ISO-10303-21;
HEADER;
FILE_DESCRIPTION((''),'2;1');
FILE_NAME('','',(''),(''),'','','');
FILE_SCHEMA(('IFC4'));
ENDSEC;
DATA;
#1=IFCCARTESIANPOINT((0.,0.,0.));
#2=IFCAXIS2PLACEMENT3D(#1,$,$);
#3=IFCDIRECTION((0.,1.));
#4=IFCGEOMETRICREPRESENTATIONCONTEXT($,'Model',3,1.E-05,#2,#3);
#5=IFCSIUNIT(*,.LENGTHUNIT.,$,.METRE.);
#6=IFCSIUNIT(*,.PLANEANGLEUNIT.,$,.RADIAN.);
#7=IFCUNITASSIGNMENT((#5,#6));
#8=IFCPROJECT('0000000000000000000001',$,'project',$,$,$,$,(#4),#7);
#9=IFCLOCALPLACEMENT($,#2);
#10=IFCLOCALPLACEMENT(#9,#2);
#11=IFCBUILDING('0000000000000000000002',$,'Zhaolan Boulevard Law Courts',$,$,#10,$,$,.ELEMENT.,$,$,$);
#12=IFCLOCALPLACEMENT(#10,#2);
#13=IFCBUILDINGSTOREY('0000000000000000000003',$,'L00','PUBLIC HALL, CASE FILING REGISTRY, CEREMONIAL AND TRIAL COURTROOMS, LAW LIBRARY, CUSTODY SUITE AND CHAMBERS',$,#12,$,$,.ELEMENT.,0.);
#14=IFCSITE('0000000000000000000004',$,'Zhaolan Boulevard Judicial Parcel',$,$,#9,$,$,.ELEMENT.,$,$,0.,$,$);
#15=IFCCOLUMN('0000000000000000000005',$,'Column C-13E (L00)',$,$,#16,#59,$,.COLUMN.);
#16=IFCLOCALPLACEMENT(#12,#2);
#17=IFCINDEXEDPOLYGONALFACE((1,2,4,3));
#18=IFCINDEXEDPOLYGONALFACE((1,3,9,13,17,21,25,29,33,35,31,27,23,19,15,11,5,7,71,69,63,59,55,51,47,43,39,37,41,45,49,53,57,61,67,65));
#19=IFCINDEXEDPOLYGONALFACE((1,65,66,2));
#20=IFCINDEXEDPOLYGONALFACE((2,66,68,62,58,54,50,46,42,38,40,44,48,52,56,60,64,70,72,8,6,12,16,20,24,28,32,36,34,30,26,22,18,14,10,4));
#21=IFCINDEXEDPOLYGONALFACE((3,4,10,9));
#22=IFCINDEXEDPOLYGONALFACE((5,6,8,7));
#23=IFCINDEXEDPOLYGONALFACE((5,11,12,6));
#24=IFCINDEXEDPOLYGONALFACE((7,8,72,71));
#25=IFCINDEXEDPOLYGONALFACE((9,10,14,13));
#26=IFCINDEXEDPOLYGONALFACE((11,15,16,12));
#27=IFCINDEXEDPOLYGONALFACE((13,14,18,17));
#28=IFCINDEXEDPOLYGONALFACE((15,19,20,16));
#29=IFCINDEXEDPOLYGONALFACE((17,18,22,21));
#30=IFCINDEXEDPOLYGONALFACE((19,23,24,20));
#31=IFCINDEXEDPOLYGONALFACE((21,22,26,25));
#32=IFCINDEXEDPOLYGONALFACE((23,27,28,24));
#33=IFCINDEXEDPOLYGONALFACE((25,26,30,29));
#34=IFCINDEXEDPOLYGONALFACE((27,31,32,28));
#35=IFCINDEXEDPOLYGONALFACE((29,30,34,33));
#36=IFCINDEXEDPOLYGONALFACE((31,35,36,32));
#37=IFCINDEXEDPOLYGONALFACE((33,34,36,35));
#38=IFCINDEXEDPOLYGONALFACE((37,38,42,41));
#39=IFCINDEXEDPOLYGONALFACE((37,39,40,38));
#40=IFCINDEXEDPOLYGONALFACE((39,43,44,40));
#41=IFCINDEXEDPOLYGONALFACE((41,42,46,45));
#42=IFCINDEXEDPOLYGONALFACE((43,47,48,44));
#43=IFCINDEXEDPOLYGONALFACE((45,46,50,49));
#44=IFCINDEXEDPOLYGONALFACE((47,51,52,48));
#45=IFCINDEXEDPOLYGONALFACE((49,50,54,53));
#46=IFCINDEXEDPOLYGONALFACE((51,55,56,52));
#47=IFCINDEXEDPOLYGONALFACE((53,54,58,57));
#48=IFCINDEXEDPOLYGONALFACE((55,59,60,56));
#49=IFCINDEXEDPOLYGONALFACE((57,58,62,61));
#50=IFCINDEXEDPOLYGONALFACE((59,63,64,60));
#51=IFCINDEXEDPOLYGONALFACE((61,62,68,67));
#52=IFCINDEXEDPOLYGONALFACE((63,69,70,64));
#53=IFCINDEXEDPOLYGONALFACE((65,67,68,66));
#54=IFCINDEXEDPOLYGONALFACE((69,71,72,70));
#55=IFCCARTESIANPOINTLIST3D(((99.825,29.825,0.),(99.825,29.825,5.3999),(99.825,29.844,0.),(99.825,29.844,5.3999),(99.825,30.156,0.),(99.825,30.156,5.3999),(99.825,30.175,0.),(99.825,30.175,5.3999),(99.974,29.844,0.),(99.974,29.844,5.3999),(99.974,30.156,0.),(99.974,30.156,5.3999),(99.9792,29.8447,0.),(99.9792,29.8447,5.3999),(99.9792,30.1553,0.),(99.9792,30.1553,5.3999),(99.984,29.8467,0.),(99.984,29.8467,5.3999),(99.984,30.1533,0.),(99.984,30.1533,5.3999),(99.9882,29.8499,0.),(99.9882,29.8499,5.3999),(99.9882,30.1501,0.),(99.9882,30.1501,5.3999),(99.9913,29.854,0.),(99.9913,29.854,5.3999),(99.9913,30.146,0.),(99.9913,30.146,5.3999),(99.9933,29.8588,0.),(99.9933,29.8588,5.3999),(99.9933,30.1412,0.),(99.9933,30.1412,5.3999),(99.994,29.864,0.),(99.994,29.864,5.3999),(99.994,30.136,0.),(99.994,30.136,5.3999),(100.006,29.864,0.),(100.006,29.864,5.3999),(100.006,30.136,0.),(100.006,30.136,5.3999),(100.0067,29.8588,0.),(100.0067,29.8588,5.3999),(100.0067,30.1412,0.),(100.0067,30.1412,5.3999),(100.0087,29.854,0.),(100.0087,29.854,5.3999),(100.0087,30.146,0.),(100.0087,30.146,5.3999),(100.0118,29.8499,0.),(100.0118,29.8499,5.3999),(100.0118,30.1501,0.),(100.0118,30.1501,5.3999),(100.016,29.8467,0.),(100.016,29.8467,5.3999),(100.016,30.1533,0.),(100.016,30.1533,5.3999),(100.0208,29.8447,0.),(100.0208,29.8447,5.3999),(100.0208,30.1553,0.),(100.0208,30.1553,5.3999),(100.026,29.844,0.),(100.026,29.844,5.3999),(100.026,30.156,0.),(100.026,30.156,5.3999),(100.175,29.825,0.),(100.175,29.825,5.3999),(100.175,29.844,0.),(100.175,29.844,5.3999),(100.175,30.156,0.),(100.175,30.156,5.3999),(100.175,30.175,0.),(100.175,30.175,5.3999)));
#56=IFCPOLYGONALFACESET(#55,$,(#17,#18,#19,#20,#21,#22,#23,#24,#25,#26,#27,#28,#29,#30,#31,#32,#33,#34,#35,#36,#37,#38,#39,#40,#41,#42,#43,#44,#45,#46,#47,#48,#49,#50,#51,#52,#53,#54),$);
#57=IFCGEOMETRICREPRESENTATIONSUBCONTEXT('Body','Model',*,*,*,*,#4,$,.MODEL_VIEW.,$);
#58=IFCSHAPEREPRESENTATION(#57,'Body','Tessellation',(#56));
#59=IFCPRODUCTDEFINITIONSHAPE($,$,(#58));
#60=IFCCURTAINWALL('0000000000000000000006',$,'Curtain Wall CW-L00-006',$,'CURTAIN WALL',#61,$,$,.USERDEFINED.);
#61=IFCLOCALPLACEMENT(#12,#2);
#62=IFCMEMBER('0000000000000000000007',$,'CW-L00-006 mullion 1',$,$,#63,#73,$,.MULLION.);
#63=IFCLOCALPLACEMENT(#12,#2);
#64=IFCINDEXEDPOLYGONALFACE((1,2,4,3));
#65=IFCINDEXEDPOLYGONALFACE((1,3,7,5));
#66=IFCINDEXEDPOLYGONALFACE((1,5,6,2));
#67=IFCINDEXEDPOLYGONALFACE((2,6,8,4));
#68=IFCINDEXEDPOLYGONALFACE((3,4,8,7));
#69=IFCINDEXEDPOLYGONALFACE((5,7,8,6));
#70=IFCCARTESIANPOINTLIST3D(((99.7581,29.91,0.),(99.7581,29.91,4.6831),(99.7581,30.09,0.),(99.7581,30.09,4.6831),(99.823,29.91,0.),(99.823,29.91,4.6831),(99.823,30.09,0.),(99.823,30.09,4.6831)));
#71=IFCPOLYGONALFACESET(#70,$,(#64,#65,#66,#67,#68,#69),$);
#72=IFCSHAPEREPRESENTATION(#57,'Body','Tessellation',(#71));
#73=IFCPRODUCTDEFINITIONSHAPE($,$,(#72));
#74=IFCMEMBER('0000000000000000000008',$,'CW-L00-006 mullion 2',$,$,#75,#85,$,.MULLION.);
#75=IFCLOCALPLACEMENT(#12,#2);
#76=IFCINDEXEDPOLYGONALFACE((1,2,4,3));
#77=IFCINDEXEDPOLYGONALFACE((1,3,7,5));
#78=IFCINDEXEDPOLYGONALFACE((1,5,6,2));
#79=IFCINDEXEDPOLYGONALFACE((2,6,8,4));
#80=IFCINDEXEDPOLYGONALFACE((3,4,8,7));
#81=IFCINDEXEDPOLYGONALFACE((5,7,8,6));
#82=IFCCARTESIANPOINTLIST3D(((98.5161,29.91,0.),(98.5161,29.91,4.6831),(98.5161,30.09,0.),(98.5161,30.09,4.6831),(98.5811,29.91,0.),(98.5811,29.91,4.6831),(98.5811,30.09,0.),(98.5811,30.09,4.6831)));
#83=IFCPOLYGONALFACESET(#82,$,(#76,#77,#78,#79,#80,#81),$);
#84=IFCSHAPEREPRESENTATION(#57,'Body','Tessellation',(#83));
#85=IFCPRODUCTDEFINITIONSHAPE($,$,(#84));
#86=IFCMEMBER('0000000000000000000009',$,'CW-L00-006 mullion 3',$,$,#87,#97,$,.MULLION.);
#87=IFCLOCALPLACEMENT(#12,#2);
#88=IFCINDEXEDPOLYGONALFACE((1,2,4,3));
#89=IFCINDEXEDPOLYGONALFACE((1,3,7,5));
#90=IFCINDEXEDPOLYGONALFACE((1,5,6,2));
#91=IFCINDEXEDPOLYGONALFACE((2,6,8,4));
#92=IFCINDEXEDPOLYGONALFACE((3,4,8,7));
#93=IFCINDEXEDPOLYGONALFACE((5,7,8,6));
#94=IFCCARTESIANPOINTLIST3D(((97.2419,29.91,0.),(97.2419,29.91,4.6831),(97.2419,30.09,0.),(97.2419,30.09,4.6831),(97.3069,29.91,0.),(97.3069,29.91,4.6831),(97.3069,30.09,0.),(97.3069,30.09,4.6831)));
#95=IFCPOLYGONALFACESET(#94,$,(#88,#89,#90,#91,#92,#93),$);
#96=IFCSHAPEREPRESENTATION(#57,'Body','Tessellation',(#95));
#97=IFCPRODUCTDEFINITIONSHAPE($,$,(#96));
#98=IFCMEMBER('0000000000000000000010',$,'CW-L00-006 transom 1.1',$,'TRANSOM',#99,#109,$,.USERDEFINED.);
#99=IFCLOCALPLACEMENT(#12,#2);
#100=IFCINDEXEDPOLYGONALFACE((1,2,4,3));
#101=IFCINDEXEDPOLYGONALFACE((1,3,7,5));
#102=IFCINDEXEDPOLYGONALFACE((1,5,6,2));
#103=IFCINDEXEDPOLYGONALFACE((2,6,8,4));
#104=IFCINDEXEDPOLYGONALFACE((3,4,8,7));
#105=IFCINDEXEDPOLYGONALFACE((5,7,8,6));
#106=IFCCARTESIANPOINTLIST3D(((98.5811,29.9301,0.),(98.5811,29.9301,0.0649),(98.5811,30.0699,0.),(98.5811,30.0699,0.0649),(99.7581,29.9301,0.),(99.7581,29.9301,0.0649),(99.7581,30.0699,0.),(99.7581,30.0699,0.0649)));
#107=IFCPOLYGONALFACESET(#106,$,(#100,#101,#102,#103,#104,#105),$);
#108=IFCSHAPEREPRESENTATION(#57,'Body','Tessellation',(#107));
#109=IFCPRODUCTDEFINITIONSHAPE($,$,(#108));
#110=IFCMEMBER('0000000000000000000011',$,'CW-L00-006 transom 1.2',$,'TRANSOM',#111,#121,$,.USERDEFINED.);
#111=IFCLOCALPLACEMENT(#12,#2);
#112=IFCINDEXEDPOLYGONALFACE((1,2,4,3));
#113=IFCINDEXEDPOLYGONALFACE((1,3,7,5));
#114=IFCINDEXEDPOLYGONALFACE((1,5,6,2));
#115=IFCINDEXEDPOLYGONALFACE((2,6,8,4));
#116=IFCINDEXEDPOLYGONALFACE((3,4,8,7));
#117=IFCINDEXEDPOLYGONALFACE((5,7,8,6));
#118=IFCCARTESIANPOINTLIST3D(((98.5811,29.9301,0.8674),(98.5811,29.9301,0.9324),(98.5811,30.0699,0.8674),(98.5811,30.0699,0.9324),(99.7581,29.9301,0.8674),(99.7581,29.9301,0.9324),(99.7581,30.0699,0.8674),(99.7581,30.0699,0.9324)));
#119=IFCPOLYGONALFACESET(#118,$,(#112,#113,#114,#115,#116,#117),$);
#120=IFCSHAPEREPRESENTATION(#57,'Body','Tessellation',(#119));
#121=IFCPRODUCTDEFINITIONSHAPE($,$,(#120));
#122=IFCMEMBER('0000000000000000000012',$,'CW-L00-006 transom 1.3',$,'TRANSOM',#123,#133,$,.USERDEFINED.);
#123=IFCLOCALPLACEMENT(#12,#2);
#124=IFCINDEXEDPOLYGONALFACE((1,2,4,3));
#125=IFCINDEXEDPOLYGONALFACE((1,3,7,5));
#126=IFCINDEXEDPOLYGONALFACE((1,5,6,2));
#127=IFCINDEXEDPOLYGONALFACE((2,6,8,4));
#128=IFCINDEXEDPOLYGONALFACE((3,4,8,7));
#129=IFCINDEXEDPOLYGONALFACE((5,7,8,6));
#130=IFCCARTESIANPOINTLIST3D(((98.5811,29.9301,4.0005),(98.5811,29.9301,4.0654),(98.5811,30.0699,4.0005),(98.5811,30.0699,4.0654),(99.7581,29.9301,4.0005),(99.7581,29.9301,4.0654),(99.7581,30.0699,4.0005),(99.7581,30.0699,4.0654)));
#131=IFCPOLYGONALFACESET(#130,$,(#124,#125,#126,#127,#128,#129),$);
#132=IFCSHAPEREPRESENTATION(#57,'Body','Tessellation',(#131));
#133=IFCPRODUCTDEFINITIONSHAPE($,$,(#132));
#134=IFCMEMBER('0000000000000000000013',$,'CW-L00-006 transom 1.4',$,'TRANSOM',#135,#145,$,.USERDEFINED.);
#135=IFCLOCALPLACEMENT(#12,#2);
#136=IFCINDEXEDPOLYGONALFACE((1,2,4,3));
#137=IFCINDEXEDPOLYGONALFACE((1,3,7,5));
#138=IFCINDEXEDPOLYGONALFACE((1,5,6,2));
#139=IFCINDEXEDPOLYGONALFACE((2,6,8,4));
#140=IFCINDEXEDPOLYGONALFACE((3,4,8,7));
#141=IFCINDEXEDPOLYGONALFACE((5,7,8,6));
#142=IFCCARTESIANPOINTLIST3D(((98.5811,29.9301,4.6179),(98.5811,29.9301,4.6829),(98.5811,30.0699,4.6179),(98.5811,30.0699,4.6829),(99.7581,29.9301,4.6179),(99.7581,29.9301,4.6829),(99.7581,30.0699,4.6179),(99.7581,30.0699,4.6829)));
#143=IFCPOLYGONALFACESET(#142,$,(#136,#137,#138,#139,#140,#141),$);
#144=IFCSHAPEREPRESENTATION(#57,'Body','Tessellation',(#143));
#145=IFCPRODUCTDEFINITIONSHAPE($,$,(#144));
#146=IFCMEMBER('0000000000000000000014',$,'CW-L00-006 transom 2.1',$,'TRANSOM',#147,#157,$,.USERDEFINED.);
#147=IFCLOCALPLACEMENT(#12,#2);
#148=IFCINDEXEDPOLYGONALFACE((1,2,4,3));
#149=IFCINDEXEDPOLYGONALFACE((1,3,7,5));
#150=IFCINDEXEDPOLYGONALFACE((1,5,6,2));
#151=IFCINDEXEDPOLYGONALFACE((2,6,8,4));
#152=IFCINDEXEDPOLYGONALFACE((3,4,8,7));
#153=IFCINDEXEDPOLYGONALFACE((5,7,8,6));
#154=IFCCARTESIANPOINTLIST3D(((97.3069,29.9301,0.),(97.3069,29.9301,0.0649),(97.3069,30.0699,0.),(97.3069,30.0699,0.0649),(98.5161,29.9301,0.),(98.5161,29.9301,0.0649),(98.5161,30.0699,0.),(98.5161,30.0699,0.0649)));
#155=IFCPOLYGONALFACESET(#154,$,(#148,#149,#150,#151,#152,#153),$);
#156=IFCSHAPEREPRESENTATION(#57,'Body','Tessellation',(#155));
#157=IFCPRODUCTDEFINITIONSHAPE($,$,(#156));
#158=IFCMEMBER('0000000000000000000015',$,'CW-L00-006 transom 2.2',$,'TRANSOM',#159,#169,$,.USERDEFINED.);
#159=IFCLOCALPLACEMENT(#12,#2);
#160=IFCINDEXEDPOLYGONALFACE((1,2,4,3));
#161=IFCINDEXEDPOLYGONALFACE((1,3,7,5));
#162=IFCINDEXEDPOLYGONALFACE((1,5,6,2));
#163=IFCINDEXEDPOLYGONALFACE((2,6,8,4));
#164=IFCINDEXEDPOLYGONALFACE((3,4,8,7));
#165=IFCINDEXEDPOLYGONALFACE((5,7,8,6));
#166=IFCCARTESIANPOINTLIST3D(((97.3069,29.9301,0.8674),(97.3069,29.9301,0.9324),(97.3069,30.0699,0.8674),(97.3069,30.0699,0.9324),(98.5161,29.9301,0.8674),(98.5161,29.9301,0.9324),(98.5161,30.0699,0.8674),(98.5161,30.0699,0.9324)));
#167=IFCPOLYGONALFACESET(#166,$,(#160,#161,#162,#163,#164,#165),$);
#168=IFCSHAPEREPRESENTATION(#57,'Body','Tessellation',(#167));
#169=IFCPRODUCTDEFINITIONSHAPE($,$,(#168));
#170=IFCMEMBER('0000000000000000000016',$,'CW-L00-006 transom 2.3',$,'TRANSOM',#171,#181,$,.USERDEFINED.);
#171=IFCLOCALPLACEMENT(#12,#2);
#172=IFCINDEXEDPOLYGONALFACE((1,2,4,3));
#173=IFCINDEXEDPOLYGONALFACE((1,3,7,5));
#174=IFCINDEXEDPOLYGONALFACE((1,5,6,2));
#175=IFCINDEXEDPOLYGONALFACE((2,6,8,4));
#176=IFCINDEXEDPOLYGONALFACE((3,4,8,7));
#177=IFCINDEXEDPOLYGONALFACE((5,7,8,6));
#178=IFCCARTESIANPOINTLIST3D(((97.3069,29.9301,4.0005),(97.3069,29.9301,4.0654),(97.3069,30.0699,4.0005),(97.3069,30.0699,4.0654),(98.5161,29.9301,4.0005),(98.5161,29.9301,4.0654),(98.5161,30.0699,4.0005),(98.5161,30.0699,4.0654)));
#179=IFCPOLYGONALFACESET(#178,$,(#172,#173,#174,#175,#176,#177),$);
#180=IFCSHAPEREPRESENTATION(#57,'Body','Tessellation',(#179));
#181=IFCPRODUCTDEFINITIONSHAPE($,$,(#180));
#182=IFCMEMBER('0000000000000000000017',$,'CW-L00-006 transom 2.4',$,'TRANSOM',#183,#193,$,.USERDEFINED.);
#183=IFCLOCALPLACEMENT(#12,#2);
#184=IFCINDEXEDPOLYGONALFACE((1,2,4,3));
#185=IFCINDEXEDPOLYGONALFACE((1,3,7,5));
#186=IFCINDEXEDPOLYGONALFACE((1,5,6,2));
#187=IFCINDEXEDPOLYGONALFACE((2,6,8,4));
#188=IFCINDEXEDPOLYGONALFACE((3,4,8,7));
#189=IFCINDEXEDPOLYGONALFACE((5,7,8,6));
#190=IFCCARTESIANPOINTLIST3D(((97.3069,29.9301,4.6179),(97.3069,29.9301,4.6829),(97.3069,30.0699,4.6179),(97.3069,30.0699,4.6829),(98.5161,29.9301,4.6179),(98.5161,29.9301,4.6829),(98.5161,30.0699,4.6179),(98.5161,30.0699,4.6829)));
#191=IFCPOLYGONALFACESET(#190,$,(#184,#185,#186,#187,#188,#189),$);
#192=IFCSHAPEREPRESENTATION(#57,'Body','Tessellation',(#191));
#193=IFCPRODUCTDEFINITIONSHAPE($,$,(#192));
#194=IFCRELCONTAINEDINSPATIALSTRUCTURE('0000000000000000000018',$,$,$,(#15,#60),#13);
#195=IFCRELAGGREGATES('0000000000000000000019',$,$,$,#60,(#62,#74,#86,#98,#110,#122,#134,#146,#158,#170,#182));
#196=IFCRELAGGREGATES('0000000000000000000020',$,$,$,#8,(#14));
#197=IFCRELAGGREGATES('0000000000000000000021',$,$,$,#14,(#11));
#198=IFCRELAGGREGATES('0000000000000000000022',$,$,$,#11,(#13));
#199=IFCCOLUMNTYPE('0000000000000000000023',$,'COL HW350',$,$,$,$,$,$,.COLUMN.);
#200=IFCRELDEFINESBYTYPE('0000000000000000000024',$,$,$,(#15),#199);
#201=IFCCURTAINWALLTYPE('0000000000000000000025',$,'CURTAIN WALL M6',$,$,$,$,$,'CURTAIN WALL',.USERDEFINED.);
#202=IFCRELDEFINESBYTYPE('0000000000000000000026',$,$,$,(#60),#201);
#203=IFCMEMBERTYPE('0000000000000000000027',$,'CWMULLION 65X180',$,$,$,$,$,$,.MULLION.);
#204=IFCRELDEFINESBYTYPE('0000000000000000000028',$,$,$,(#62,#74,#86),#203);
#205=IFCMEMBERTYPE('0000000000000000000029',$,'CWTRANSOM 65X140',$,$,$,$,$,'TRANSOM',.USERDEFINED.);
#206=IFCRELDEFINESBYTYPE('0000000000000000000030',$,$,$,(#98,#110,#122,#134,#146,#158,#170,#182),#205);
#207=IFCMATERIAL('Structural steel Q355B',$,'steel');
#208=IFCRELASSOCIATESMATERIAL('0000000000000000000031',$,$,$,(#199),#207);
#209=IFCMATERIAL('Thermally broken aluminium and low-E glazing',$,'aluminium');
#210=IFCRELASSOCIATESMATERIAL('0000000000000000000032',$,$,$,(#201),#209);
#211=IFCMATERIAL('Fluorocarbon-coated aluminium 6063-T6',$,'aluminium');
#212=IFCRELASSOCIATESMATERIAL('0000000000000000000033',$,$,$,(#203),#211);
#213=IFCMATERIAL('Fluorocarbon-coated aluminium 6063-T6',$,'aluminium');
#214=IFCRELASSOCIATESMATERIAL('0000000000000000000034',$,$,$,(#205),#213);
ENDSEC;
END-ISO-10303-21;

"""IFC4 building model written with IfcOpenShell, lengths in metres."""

from ifc_helpers import new_model, si_unit, direction, frame, origin, origin_2d, place, context, subcontext, project, spatial, rectangle, i_section, extrude, material, material_profile, profile_set, type_object, element, aggregate, save


model = new_model("IFC4")

# Units and contexts
model_context = context("Model", 3, precision=1e-05, world=origin(), true_north=direction((0.0, 1.0)))
body_context = subcontext(model_context, "Body", "Model", "MODEL_VIEW")
ifc_project = project(units=[si_unit("LENGTHUNIT", "METRE"), si_unit("PLANEANGLEUNIT", "RADIAN")], contexts=[model_context])

# Site, building, storey
site_placement = place(None, origin())
site = spatial("IfcSite", under=ifc_project, at=site_placement, Name="Zhaolan Boulevard Judicial Parcel", CompositionType="ELEMENT", RefElevation=0.0)
building_placement = place(site_placement, origin())
building = spatial("IfcBuilding", under=site, at=building_placement, Name="Zhaolan Boulevard Law Courts", CompositionType="ELEMENT")
storey_placement = place(building_placement, origin())
storey = spatial("IfcBuildingStorey", under=building, at=storey_placement, Name="L00", Description="PUBLIC HALL, CASE FILING REGISTRY, CEREMONIAL AND TRIAL COURTROOMS, LAW LIBRARY, CUSTODY SUITE AND CHAMBERS", CompositionType="ELEMENT", Elevation=0.0)

# Column
ifc_material_1 = material(Name="Structural steel Q355B", Category="steel")
ifc_material_profile_1 = material_profile(ifc_material_1, i_section(OverallWidth=0.3501, OverallDepth=0.3501, WebThickness=0.012, FlangeThickness=0.019, FilletRadius=0.02, at=origin_2d()), Name="HW350x350")
ifc_profile_set_1 = profile_set([ifc_material_profile_1], Name="Structural steel Q355B")
column_type = type_object("IfcColumnType", Name="COL HW350", PredefinedType="COLUMN", material=ifc_profile_set_1)
column_placement = place(storey_placement, frame((100.0, 30.0, 0.0), z_axis=(0.0, 0.0, 1.0), x_axis=(1.0, 0.0, 0.0)))
element("IfcColumn", 1, at=column_placement, inside=storey, type_object=column_type, Name="Column C-13E (L00)", PredefinedType="COLUMN", context=body_context, shape_type="SweptSolid", body=[
    extrude(i_section(OverallWidth=0.3501, OverallDepth=0.3501, WebThickness=0.012, FlangeThickness=0.019, FilletRadius=0.02, at=origin_2d()), origin(), (0.0, 0.0, 1.0), 5.3999),
])

# Curtain wall, members
ifc_material_2 = material(Name="Thermally broken aluminium and low-E glazing", Category="aluminium")
curtain_wall_type = type_object("IfcCurtainWallType", Name="CURTAIN WALL M6", ElementType="CURTAIN WALL", PredefinedType="USERDEFINED", material=ifc_material_2)
curtain_wall_placement = place(storey_placement, origin())
curtain_wall = element("IfcCurtainWall", 2, at=curtain_wall_placement, inside=storey, type_object=curtain_wall_type, Name="Curtain Wall CW-L00-006", ObjectType="CURTAIN WALL", PredefinedType="USERDEFINED")
ifc_material_3 = material(Name="Fluorocarbon-coated aluminium 6063-T6", Category="aluminium")
ifc_material_profile_2 = material_profile(ifc_material_3, rectangle(XDim=0.1799, YDim=0.0649, at=origin_2d()), Name="AL65x180")
ifc_profile_set_2 = profile_set([ifc_material_profile_2], Name="Fluorocarbon-coated aluminium 6063-T6")
member_type_1 = type_object("IfcMemberType", Name="CWMULLION 65X180", PredefinedType="MULLION", material=ifc_profile_set_2)
member_1_placement = place(storey_placement, frame((99.7905, 30.0, 0.0), z_axis=(0.0, 0.0, 1.0), x_axis=(0.0, -1.0, 0.0)))
member_1 = element("IfcMember", 3, at=member_1_placement, type_object=member_type_1, Name="CW-L00-006 mullion 1", PredefinedType="MULLION", context=body_context, shape_type="SweptSolid", body=[
    extrude(rectangle(XDim=0.1799, YDim=0.0649, at=origin_2d()), origin(), (0.0, 0.0, 1.0), 4.6831),
])
member_2_placement = place(storey_placement, frame((98.5486, 30.0, 0.0), z_axis=(0.0, 0.0, 1.0), x_axis=(0.0, -1.0, 0.0)))
member_2 = element("IfcMember", 4, at=member_2_placement, type_object=member_type_1, Name="CW-L00-006 mullion 2", PredefinedType="MULLION", context=body_context, shape_type="SweptSolid", body=[
    extrude(rectangle(XDim=0.1799, YDim=0.0649, at=origin_2d()), origin(), (0.0, 0.0, 1.0), 4.6831),
])
member_3_placement = place(storey_placement, frame((97.2744, 30.0, 0.0), z_axis=(0.0, 0.0, 1.0), x_axis=(0.0, -1.0, 0.0)))
member_3 = element("IfcMember", 5, at=member_3_placement, type_object=member_type_1, Name="CW-L00-006 mullion 3", PredefinedType="MULLION", context=body_context, shape_type="SweptSolid", body=[
    extrude(rectangle(XDim=0.1799, YDim=0.0649, at=origin_2d()), origin(), (0.0, 0.0, 1.0), 4.6831),
])
ifc_material_4 = material(Name="Fluorocarbon-coated aluminium 6063-T6", Category="aluminium")
ifc_material_profile_3 = material_profile(ifc_material_4, rectangle(XDim=0.1399, YDim=0.0649, at=origin_2d()), Name="AL65x140")
ifc_profile_set_3 = profile_set([ifc_material_profile_3], Name="Fluorocarbon-coated aluminium 6063-T6")
member_type_2 = type_object("IfcMemberType", Name="CWTRANSOM 65X140", ElementType="TRANSOM", PredefinedType="USERDEFINED", material=ifc_profile_set_3)
member_4_placement = place(storey_placement, frame((99.7581, 30.0, 0.0325), z_axis=(-1.0, 0.0, 0.0), x_axis=(0.0, -1.0, 0.0)))
member_4 = element("IfcMember", 6, at=member_4_placement, type_object=member_type_2, Name="CW-L00-006 transom 1.1", ObjectType="TRANSOM", PredefinedType="USERDEFINED", context=body_context, shape_type="SweptSolid", body=[
    extrude(rectangle(XDim=0.1399, YDim=0.0649, at=origin_2d()), origin(), (0.0, 0.0, 1.0), 1.177),
])
member_5_placement = place(storey_placement, frame((99.7581, 30.0, 0.8999), z_axis=(-1.0, 0.0, 0.0), x_axis=(0.0, -1.0, 0.0)))
member_5 = element("IfcMember", 7, at=member_5_placement, type_object=member_type_2, Name="CW-L00-006 transom 1.2", ObjectType="TRANSOM", PredefinedType="USERDEFINED", context=body_context, shape_type="SweptSolid", body=[
    extrude(rectangle(XDim=0.1399, YDim=0.0649, at=origin_2d()), origin(), (0.0, 0.0, 1.0), 1.177),
])
member_6_placement = place(storey_placement, frame((99.7581, 30.0, 4.033), z_axis=(-1.0, 0.0, 0.0), x_axis=(0.0, -1.0, 0.0)))
member_6 = element("IfcMember", 8, at=member_6_placement, type_object=member_type_2, Name="CW-L00-006 transom 1.3", ObjectType="TRANSOM", PredefinedType="USERDEFINED", context=body_context, shape_type="SweptSolid", body=[
    extrude(rectangle(XDim=0.1399, YDim=0.0649, at=origin_2d()), origin(), (0.0, 0.0, 1.0), 1.177),
])
member_7_placement = place(storey_placement, frame((99.7581, 30.0, 4.6504), z_axis=(-1.0, 0.0, 0.0), x_axis=(0.0, -1.0, 0.0)))
member_7 = element("IfcMember", 9, at=member_7_placement, type_object=member_type_2, Name="CW-L00-006 transom 1.4", ObjectType="TRANSOM", PredefinedType="USERDEFINED", context=body_context, shape_type="SweptSolid", body=[
    extrude(rectangle(XDim=0.1399, YDim=0.0649, at=origin_2d()), origin(), (0.0, 0.0, 1.0), 1.177),
])
member_8_placement = place(storey_placement, frame((98.5161, 30.0, 0.0325), z_axis=(-1.0, 0.0, 0.0), x_axis=(0.0, -1.0, 0.0)))
member_8 = element("IfcMember", 10, at=member_8_placement, type_object=member_type_2, Name="CW-L00-006 transom 2.1", ObjectType="TRANSOM", PredefinedType="USERDEFINED", context=body_context, shape_type="SweptSolid", body=[
    extrude(rectangle(XDim=0.1399, YDim=0.0649, at=origin_2d()), origin(), (0.0, 0.0, 1.0), 1.2092),
])
member_9_placement = place(storey_placement, frame((98.5161, 30.0, 0.8999), z_axis=(-1.0, 0.0, 0.0), x_axis=(0.0, -1.0, 0.0)))
member_9 = element("IfcMember", 11, at=member_9_placement, type_object=member_type_2, Name="CW-L00-006 transom 2.2", ObjectType="TRANSOM", PredefinedType="USERDEFINED", context=body_context, shape_type="SweptSolid", body=[
    extrude(rectangle(XDim=0.1399, YDim=0.0649, at=origin_2d()), origin(), (0.0, 0.0, 1.0), 1.2092),
])
member_10_placement = place(storey_placement, frame((98.5161, 30.0, 4.033), z_axis=(-1.0, 0.0, 0.0), x_axis=(0.0, -1.0, 0.0)))
member_10 = element("IfcMember", 12, at=member_10_placement, type_object=member_type_2, Name="CW-L00-006 transom 2.3", ObjectType="TRANSOM", PredefinedType="USERDEFINED", context=body_context, shape_type="SweptSolid", body=[
    extrude(rectangle(XDim=0.1399, YDim=0.0649, at=origin_2d()), origin(), (0.0, 0.0, 1.0), 1.2092),
])
member_11_placement = place(storey_placement, frame((98.5161, 30.0, 4.6504), z_axis=(-1.0, 0.0, 0.0), x_axis=(0.0, -1.0, 0.0)))
member_11 = element("IfcMember", 13, at=member_11_placement, type_object=member_type_2, Name="CW-L00-006 transom 2.4", ObjectType="TRANSOM", PredefinedType="USERDEFINED", context=body_context, shape_type="SweptSolid", body=[
    extrude(rectangle(XDim=0.1399, YDim=0.0649, at=origin_2d()), origin(), (0.0, 0.0, 1.0), 1.2092),
])

aggregate(curtain_wall, [member_1, member_2, member_3, member_4, member_5, member_6, member_7, member_8, member_9, member_10, member_11])

save(model, "model.ifc")
